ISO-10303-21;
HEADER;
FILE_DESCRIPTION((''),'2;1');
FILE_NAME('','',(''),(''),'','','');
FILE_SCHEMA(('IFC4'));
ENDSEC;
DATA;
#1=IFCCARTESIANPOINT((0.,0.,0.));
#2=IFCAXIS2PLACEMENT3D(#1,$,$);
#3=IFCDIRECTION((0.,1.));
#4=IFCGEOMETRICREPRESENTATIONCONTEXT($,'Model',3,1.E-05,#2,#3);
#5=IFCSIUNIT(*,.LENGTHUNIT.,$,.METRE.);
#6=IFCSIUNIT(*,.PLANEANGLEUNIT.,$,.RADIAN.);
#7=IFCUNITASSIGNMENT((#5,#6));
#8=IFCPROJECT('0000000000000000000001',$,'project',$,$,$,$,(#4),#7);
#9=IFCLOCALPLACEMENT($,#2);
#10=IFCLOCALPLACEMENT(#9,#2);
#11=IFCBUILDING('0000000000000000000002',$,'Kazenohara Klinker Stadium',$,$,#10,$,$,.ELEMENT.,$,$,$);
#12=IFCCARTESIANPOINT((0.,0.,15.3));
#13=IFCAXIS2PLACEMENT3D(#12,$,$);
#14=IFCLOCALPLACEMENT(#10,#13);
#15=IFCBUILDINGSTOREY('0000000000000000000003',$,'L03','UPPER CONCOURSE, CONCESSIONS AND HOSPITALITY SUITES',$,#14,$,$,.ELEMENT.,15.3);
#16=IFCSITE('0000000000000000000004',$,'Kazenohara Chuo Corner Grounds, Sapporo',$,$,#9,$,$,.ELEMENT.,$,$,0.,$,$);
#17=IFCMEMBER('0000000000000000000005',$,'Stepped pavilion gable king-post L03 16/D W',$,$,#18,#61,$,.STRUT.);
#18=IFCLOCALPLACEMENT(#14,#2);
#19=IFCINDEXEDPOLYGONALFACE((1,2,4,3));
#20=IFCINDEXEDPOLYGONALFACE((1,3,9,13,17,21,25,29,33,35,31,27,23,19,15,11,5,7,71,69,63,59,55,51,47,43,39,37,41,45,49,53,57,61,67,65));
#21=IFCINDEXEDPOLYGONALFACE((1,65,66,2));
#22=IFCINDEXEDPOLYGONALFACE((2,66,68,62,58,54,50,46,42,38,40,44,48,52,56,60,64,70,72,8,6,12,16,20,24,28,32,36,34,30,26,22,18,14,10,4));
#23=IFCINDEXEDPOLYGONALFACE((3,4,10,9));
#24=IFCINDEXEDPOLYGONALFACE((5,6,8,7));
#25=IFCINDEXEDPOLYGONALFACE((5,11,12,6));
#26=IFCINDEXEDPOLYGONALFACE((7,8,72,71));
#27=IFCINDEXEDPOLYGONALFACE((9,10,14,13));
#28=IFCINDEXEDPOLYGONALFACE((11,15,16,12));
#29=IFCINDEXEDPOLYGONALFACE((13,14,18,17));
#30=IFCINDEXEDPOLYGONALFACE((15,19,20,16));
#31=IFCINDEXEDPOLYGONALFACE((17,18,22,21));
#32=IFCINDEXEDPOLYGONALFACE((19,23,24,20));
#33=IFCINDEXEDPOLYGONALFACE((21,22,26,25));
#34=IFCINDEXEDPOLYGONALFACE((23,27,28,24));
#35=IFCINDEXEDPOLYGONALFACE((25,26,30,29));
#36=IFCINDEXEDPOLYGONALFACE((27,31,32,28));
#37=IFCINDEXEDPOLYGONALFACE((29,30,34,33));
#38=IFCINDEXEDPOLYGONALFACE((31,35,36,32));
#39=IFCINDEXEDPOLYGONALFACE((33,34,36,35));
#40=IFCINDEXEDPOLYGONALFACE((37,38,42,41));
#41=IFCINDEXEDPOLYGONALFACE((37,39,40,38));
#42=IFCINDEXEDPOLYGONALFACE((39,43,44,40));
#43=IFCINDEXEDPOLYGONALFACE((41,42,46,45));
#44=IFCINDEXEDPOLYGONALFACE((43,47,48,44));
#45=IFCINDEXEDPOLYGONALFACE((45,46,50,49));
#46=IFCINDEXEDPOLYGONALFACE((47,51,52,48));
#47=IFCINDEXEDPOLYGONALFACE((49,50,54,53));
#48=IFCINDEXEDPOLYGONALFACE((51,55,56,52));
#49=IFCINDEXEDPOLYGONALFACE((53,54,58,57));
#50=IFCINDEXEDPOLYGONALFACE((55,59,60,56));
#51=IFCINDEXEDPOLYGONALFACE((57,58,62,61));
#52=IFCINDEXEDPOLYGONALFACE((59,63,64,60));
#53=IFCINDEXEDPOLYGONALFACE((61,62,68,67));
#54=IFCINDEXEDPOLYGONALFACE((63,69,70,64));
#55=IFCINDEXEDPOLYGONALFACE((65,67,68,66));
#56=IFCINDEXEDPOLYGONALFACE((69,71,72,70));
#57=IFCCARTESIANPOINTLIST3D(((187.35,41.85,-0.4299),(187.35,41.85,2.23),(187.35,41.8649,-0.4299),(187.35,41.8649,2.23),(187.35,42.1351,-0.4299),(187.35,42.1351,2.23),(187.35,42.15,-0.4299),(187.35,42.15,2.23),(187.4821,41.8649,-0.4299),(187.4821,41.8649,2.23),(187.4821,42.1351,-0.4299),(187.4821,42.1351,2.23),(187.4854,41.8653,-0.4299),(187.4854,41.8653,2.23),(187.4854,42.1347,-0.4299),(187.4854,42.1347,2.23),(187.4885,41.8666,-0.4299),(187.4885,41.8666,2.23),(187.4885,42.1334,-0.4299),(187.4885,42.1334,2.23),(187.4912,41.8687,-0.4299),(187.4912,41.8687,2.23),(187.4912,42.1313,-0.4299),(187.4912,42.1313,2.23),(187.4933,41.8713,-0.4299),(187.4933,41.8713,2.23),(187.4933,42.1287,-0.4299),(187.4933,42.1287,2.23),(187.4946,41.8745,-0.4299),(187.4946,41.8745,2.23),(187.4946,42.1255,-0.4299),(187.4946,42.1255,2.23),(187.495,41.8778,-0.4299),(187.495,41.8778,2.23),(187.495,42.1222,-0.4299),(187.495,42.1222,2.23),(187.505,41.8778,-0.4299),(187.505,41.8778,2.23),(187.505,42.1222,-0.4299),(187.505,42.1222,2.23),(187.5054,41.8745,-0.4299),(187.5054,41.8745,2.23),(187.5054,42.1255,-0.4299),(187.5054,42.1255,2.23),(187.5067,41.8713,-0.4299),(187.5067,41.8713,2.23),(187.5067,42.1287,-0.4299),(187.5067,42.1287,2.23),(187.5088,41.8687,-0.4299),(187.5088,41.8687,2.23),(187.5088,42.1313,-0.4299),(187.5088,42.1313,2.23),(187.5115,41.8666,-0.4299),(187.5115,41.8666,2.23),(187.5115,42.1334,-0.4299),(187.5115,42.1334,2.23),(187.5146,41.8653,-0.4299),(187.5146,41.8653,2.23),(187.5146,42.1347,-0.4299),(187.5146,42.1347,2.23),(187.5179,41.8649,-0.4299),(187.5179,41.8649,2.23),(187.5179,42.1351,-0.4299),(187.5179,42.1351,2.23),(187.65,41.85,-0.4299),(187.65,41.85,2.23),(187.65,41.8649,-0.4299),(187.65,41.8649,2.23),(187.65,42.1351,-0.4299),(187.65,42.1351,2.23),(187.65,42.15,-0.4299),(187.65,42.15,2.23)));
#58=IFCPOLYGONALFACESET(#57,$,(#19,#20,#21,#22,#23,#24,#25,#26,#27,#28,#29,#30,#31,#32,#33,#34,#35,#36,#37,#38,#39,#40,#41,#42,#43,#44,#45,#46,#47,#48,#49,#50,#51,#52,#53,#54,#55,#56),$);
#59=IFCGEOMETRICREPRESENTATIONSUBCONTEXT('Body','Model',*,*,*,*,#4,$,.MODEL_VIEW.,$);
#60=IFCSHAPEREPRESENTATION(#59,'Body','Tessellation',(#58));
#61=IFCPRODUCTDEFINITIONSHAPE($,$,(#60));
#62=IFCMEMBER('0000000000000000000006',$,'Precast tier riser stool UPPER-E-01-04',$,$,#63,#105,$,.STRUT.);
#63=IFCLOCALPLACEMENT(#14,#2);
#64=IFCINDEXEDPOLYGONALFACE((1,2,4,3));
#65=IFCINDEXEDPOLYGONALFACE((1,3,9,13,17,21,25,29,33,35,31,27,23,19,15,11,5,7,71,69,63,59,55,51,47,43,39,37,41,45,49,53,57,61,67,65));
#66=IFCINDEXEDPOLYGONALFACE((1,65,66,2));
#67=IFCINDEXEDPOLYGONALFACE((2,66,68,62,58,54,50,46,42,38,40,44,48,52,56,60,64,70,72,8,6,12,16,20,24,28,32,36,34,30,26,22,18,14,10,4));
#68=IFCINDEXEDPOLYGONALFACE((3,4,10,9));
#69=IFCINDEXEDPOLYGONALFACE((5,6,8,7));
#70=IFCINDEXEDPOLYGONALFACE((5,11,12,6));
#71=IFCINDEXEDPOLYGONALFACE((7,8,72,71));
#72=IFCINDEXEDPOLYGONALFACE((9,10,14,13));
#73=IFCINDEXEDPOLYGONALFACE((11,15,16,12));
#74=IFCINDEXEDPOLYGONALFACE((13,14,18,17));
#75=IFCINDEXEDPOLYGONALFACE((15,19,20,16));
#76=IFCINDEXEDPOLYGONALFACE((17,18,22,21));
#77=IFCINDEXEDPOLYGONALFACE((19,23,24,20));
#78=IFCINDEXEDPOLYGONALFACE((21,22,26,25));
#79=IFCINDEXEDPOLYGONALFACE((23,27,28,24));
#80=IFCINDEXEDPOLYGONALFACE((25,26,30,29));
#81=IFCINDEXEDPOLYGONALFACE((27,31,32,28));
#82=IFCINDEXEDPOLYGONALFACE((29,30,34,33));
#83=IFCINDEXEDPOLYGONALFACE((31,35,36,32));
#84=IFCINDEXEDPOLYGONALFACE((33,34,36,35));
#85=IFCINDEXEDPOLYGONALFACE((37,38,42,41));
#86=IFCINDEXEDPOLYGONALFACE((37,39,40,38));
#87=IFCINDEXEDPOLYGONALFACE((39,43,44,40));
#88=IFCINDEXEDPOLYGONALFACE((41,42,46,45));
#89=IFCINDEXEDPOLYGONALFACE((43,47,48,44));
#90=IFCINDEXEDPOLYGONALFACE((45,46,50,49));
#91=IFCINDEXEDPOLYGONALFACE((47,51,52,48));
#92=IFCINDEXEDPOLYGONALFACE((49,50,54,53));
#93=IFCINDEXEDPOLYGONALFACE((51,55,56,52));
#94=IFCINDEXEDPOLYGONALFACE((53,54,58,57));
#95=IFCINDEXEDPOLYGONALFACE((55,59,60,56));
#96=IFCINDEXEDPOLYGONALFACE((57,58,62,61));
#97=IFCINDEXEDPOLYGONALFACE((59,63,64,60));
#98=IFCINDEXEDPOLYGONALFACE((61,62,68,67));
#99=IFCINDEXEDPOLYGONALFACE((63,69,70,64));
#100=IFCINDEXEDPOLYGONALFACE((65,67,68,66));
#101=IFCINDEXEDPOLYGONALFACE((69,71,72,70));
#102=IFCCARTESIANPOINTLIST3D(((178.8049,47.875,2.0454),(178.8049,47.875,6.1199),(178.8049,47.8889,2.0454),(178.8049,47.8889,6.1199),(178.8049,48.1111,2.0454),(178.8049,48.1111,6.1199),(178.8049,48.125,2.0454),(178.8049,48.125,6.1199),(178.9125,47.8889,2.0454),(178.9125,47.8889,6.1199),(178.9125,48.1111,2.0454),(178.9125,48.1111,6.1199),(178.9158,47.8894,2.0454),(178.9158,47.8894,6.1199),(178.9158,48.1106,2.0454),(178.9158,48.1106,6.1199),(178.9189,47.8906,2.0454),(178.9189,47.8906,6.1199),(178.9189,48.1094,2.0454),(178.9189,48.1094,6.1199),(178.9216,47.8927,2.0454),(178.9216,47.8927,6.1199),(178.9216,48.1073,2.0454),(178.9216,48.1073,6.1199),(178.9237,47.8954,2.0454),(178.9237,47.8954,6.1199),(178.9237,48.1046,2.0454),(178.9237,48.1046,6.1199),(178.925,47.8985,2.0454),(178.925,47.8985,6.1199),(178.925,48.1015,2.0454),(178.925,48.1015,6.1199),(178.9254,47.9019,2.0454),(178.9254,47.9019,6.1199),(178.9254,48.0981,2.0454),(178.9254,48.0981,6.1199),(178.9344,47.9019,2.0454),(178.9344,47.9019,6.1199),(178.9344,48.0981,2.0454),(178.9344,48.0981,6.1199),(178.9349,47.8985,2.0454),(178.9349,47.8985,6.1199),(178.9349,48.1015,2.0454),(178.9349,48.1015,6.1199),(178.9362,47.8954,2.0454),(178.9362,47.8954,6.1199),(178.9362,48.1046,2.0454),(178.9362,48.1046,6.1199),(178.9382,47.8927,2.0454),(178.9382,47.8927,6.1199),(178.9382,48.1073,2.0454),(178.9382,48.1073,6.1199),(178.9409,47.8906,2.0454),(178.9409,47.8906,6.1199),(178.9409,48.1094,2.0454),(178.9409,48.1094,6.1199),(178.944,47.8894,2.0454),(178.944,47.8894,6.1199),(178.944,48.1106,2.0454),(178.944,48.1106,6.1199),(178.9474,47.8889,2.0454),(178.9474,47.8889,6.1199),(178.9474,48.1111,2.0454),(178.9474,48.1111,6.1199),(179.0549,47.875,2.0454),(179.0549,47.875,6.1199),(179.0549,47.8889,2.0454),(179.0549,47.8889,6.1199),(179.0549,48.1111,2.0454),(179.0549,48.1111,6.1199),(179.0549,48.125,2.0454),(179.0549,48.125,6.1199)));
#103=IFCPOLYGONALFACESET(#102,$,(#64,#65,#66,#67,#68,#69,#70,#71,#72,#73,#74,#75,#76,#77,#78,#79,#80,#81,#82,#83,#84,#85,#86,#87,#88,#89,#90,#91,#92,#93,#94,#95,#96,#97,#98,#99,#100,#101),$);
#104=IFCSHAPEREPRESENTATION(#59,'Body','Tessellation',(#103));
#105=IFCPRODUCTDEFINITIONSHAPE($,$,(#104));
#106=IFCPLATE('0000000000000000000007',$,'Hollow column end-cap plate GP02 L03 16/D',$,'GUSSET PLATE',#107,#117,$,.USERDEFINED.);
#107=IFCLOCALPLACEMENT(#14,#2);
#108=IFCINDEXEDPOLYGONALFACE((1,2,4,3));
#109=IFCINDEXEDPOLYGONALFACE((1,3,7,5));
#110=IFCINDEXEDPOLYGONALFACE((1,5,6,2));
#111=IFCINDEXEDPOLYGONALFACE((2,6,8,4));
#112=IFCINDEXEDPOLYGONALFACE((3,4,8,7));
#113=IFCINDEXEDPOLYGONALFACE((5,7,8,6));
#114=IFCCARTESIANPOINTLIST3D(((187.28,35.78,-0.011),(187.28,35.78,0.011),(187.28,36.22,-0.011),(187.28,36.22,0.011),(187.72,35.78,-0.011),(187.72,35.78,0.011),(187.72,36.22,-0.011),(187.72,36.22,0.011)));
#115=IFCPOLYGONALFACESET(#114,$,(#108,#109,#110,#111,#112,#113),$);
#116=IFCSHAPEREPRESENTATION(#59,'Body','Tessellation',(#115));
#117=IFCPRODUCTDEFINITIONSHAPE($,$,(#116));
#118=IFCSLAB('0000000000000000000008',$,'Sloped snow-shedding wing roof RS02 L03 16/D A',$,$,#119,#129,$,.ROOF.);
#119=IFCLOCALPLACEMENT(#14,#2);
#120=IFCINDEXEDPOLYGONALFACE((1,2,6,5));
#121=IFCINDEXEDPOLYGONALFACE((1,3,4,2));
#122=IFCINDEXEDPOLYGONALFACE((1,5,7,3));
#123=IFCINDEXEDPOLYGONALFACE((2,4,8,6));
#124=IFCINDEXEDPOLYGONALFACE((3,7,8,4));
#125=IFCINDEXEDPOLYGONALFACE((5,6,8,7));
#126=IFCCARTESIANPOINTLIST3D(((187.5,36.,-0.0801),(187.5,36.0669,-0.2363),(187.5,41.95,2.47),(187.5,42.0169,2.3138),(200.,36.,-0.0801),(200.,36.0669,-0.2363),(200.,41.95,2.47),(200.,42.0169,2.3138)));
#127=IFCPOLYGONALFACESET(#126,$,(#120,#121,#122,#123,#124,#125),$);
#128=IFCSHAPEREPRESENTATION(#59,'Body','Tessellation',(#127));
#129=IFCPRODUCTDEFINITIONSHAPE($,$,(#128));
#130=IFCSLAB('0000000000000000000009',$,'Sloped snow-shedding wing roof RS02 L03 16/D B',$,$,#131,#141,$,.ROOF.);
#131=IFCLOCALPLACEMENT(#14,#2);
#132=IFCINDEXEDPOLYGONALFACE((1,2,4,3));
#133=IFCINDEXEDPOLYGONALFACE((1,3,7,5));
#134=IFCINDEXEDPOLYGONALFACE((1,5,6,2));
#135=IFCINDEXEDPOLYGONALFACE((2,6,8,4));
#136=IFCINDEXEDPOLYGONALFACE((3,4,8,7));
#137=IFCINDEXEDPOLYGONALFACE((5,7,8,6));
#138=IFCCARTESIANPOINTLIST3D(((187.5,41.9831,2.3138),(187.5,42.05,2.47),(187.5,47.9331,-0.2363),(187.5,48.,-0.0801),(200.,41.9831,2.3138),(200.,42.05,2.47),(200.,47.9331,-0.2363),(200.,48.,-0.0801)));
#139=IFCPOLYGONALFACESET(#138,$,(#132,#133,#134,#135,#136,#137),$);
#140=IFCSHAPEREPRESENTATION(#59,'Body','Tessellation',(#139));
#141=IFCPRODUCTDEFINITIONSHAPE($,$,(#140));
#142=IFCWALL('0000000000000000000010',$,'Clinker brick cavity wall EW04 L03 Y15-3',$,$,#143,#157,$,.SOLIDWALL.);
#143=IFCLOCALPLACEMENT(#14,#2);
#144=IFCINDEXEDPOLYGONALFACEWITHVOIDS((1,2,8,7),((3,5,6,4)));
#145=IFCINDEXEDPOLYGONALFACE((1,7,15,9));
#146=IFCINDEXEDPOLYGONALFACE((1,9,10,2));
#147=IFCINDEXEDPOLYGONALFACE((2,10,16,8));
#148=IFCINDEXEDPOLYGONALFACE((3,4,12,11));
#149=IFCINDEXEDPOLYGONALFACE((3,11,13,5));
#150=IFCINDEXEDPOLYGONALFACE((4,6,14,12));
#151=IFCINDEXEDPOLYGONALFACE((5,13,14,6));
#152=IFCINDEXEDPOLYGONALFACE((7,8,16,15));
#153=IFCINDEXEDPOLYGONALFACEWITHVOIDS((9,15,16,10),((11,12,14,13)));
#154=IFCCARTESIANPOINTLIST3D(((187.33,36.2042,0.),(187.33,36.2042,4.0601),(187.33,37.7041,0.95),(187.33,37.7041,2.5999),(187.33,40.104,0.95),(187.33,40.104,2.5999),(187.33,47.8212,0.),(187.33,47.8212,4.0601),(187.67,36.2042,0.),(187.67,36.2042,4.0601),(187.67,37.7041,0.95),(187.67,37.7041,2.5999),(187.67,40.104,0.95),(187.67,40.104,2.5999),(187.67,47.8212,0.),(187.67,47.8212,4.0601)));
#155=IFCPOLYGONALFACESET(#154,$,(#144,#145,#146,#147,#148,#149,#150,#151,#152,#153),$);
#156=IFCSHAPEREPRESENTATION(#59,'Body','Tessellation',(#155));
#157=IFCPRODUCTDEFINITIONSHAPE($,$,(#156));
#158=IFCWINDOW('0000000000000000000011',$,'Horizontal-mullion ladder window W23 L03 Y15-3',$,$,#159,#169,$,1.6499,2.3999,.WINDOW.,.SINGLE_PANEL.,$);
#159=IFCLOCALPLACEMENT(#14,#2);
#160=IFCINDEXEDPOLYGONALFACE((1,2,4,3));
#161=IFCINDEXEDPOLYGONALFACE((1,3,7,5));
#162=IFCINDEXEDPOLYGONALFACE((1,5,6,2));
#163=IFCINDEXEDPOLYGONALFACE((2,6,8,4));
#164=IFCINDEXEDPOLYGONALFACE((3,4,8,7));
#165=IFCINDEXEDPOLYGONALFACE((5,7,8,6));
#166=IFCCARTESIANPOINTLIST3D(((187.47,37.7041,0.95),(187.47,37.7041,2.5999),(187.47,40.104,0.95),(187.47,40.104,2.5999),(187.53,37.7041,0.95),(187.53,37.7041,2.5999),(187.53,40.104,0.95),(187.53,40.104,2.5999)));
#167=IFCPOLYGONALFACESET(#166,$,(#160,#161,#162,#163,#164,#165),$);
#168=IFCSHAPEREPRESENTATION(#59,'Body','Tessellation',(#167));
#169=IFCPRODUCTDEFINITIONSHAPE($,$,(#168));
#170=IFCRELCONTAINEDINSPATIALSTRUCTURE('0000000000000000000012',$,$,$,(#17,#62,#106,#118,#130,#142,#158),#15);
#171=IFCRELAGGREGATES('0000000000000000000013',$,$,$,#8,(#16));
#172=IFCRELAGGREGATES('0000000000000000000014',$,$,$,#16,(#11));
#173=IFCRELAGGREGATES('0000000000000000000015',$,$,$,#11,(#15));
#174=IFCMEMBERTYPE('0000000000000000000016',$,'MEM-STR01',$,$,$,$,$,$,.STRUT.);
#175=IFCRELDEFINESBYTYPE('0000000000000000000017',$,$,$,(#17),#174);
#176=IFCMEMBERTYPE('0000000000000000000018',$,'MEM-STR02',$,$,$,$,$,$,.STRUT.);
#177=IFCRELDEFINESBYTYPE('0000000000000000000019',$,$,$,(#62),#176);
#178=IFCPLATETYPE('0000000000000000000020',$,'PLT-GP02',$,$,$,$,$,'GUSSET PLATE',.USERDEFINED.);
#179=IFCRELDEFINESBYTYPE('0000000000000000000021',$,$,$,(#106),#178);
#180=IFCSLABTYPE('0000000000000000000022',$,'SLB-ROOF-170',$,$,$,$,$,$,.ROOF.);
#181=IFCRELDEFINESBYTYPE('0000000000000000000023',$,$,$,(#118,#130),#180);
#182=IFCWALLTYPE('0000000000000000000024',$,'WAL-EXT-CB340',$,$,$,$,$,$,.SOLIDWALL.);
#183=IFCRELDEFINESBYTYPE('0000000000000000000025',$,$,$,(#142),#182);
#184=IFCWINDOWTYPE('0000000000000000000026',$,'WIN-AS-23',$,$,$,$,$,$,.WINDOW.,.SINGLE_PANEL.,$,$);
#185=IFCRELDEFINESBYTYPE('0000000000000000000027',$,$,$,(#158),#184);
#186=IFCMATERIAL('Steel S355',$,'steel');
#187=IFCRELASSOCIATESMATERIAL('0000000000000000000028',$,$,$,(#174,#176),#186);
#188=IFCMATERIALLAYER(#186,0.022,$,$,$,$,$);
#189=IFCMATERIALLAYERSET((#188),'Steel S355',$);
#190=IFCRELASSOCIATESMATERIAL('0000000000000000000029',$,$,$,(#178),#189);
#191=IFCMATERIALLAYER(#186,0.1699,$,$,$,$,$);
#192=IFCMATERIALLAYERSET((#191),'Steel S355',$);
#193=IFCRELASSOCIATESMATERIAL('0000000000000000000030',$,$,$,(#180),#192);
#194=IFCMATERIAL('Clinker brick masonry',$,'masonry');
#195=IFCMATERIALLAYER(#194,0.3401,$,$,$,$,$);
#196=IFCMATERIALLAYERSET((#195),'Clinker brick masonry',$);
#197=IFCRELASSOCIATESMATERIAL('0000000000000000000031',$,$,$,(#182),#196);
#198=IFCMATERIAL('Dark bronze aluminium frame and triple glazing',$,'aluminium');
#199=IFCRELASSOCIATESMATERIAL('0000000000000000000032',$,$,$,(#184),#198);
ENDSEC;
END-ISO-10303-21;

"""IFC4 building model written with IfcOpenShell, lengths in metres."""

from ifc_helpers import new_model, si_unit, direction, frame, frame_2d, origin, origin_2d, place, context, subcontext, project, spatial, polyline, rectangle, i_section, outline, extrude, material, layer, layer_set, material_profile, profile_set, type_object, element, fill, save


model = new_model("IFC4")

# Units and contexts
model_context = context("Model", 3, precision=1e-05, world=origin(), true_north=direction((0.0, 1.0)))
body_context = subcontext(model_context, "Body", "Model", "MODEL_VIEW")
ifc_project = project(units=[si_unit("LENGTHUNIT", "METRE"), si_unit("PLANEANGLEUNIT", "RADIAN")], contexts=[model_context])

# Site, building, storey
site_placement = place(None, origin())
site = spatial("IfcSite", under=ifc_project, at=site_placement, Name="Kazenohara Chuo Corner Grounds, Sapporo", CompositionType="ELEMENT", RefElevation=0.0)
building_placement = place(site_placement, origin())
building = spatial("IfcBuilding", under=site, at=building_placement, Name="Kazenohara Klinker Stadium", CompositionType="ELEMENT")
storey_placement = place(building_placement, frame((0.0, 0.0, 15.3)))
storey = spatial("IfcBuildingStorey", under=building, at=storey_placement, Name="L03", Description="UPPER CONCOURSE, CONCESSIONS AND HOSPITALITY SUITES", CompositionType="ELEMENT", Elevation=15.3)

# Shared definitions
ifc_material_1 = material(Name="Steel S355", Category="steel")

# Members
ifc_material_profile_1 = material_profile(ifc_material_1, i_section(OverallWidth=0.3, OverallDepth=0.3, WebThickness=0.01, FlangeThickness=0.0149, FilletRadius=0.0129, at=origin_2d()), Name="H-300x300x10x15")
ifc_profile_set_1 = profile_set([ifc_material_profile_1], Name="Steel S355")
member_type_1 = type_object("IfcMemberType", Name="MEM-STR01", PredefinedType="STRUT", material=ifc_profile_set_1)
member_1_placement = place(storey_placement, frame((187.5, 42.0, -0.4299), z_axis=(0.0, 0.0, 1.0), x_axis=(1.0, 0.0, 0.0)))
element("IfcMember", 1, at=member_1_placement, inside=storey, type_object=member_type_1, Name="Stepped pavilion gable king-post L03 16/D W", PredefinedType="STRUT", context=body_context, shape_type="SweptSolid", body=[
    extrude(i_section(OverallWidth=0.3, OverallDepth=0.3, WebThickness=0.01, FlangeThickness=0.0149, FilletRadius=0.0129, at=origin_2d()), origin(), (0.0, 0.0, 1.0), 2.6599),
])
ifc_material_profile_2 = material_profile(ifc_material_1, i_section(OverallWidth=0.25, OverallDepth=0.25, WebThickness=0.009, FlangeThickness=0.0139, FilletRadius=0.0129, at=origin_2d()), Name="H-250x250x9x14")
ifc_profile_set_2 = profile_set([ifc_material_profile_2], Name="Steel S355")
member_type_2 = type_object("IfcMemberType", Name="MEM-STR02", PredefinedType="STRUT", material=ifc_profile_set_2)
member_2_placement = place(storey_placement, frame((178.9299, 48.0, 2.0454), z_axis=(0.0, 0.0, 1.0), x_axis=(1.0, 0.0, 0.0)))
element("IfcMember", 2, at=member_2_placement, inside=storey, type_object=member_type_2, Name="Precast tier riser stool UPPER-E-01-04", PredefinedType="STRUT", context=body_context, shape_type="SweptSolid", body=[
    extrude(i_section(OverallWidth=0.25, OverallDepth=0.25, WebThickness=0.009, FlangeThickness=0.0139, FilletRadius=0.0129, at=origin_2d()), origin(), (0.0, 0.0, 1.0), 4.0745),
])

# Plate
ifc_layer_1 = layer(ifc_material_1, 0.022)
ifc_layer_set_1 = layer_set([ifc_layer_1], Name="Steel S355")
plate_type = type_object("IfcPlateType", Name="PLT-GP02", ElementType="GUSSET PLATE", PredefinedType="USERDEFINED", material=ifc_layer_set_1)
plate_placement = place(storey_placement, frame((187.5, 36.0, -0.011), z_axis=(0.0, 0.0, 1.0), x_axis=(1.0, 0.0, 0.0)))
element("IfcPlate", 3, at=plate_placement, inside=storey, type_object=plate_type, Name="Hollow column end-cap plate GP02 L03 16/D", ObjectType="GUSSET PLATE", PredefinedType="USERDEFINED", context=body_context, shape_type="SweptSolid", body=[
    extrude(rectangle(XDim=0.4399, YDim=0.4399, at=origin_2d()), origin(), (0.0, 0.0, 1.0), 0.022),
])

# Slabs
ifc_layer_2 = layer(ifc_material_1, 0.1699)
ifc_layer_set_2 = layer_set([ifc_layer_2], Name="Steel S355")
slab_type = type_object("IfcSlabType", Name="SLB-ROOF-170", PredefinedType="ROOF", material=ifc_layer_set_2)
for number, where, z_axis, x_axis, name in (
    (4, (187.5, 36.0, -0.0801), (0.0, -0.393928, 0.919141), (1.0, 0.0, 0.0), "Sloped snow-shedding wing roof RS02 L03 16/D A"),
    (5, (187.5, 42.05, 2.47), (0.0, 0.393928, 0.919141), (1.0, 0.0, 0.0), "Sloped snow-shedding wing roof RS02 L03 16/D B"),
):
    element("IfcSlab", number, at=place(storey_placement, frame(where, z_axis=z_axis, x_axis=x_axis)), inside=storey, type_object=slab_type, Name=name, PredefinedType="ROOF", context=body_context, shape_type="SweptSolid", body=[
        extrude(outline(polyline([(0.0, 0.0), (12.5, 0.0), (12.5, 6.4734), (0.0, 6.4734), (0.0, 0.0)])), origin(), (0.0, 0.0, -1.0), 0.1699),
    ])

# Wall, opening, window
ifc_material_2 = material(Name="Clinker brick masonry", Category="masonry")
ifc_layer_3 = layer(ifc_material_2, 0.3401)
ifc_layer_set_3 = layer_set([ifc_layer_3], Name="Clinker brick masonry")
wall_type = type_object("IfcWallType", Name="WAL-EXT-CB340", PredefinedType="SOLIDWALL", material=ifc_layer_set_3)
wall_placement = place(storey_placement, frame((187.5, 36.2041, 0.0), z_axis=(0.0, 0.0, 1.0), x_axis=(0.0, 1.0, 0.0)))
wall = element("IfcWall", 6, at=wall_placement, inside=storey, type_object=wall_type, Name="Clinker brick cavity wall EW04 L03 Y15-3", PredefinedType="SOLIDWALL", context=body_context, shape_type="SweptSolid", body=[
    extrude(rectangle(XDim=11.6169, YDim=0.3401, at=frame_2d((5.8086, 0.0))), origin(), (0.0, 0.0, 1.0), 4.0601),
])
opening_placement = place(wall_placement, frame((1.5, 0.0, 0.95)))
opening = element("IfcOpeningElement", 7, at=opening_placement, cuts=wall, PredefinedType="OPENING", context=body_context, shape_type="SweptSolid", body=[
    extrude(rectangle(XDim=2.3999, YDim=1.6499, at=frame_2d((1.2, 0.825))), frame((0.0, 0.1802, 0.0), z_axis=(0.0, -1.0, 0.0), x_axis=(1.0, 0.0, 0.0)), (0.0, 0.0, 1.0), 0.3601),
])
ifc_material_3 = material(Name="Dark bronze aluminium frame and triple glazing", Category="aluminium")
window_type = type_object("IfcWindowType", Name="WIN-AS-23", PartitioningType="SINGLE_PANEL", PredefinedType="WINDOW", material=ifc_material_3)
window_placement = place(opening_placement, origin())
window = element("IfcWindow", 8, at=window_placement, inside=storey, type_object=window_type, Name="Horizontal-mullion ladder window W23 L03 Y15-3", OverallHeight=1.6499, OverallWidth=2.3999, PartitioningType="SINGLE_PANEL", PredefinedType="WINDOW", context=body_context, shape_type="SweptSolid", body=[
    extrude(rectangle(XDim=2.3999, YDim=1.6499, at=frame_2d((1.2, 0.825))), frame((0.0, 0.03, 0.0), z_axis=(0.0, -1.0, 0.0), x_axis=(1.0, 0.0, 0.0)), (0.0, 0.0, 1.0), 0.0601),
])
fill(opening, window)

save(model, "model.ifc")
